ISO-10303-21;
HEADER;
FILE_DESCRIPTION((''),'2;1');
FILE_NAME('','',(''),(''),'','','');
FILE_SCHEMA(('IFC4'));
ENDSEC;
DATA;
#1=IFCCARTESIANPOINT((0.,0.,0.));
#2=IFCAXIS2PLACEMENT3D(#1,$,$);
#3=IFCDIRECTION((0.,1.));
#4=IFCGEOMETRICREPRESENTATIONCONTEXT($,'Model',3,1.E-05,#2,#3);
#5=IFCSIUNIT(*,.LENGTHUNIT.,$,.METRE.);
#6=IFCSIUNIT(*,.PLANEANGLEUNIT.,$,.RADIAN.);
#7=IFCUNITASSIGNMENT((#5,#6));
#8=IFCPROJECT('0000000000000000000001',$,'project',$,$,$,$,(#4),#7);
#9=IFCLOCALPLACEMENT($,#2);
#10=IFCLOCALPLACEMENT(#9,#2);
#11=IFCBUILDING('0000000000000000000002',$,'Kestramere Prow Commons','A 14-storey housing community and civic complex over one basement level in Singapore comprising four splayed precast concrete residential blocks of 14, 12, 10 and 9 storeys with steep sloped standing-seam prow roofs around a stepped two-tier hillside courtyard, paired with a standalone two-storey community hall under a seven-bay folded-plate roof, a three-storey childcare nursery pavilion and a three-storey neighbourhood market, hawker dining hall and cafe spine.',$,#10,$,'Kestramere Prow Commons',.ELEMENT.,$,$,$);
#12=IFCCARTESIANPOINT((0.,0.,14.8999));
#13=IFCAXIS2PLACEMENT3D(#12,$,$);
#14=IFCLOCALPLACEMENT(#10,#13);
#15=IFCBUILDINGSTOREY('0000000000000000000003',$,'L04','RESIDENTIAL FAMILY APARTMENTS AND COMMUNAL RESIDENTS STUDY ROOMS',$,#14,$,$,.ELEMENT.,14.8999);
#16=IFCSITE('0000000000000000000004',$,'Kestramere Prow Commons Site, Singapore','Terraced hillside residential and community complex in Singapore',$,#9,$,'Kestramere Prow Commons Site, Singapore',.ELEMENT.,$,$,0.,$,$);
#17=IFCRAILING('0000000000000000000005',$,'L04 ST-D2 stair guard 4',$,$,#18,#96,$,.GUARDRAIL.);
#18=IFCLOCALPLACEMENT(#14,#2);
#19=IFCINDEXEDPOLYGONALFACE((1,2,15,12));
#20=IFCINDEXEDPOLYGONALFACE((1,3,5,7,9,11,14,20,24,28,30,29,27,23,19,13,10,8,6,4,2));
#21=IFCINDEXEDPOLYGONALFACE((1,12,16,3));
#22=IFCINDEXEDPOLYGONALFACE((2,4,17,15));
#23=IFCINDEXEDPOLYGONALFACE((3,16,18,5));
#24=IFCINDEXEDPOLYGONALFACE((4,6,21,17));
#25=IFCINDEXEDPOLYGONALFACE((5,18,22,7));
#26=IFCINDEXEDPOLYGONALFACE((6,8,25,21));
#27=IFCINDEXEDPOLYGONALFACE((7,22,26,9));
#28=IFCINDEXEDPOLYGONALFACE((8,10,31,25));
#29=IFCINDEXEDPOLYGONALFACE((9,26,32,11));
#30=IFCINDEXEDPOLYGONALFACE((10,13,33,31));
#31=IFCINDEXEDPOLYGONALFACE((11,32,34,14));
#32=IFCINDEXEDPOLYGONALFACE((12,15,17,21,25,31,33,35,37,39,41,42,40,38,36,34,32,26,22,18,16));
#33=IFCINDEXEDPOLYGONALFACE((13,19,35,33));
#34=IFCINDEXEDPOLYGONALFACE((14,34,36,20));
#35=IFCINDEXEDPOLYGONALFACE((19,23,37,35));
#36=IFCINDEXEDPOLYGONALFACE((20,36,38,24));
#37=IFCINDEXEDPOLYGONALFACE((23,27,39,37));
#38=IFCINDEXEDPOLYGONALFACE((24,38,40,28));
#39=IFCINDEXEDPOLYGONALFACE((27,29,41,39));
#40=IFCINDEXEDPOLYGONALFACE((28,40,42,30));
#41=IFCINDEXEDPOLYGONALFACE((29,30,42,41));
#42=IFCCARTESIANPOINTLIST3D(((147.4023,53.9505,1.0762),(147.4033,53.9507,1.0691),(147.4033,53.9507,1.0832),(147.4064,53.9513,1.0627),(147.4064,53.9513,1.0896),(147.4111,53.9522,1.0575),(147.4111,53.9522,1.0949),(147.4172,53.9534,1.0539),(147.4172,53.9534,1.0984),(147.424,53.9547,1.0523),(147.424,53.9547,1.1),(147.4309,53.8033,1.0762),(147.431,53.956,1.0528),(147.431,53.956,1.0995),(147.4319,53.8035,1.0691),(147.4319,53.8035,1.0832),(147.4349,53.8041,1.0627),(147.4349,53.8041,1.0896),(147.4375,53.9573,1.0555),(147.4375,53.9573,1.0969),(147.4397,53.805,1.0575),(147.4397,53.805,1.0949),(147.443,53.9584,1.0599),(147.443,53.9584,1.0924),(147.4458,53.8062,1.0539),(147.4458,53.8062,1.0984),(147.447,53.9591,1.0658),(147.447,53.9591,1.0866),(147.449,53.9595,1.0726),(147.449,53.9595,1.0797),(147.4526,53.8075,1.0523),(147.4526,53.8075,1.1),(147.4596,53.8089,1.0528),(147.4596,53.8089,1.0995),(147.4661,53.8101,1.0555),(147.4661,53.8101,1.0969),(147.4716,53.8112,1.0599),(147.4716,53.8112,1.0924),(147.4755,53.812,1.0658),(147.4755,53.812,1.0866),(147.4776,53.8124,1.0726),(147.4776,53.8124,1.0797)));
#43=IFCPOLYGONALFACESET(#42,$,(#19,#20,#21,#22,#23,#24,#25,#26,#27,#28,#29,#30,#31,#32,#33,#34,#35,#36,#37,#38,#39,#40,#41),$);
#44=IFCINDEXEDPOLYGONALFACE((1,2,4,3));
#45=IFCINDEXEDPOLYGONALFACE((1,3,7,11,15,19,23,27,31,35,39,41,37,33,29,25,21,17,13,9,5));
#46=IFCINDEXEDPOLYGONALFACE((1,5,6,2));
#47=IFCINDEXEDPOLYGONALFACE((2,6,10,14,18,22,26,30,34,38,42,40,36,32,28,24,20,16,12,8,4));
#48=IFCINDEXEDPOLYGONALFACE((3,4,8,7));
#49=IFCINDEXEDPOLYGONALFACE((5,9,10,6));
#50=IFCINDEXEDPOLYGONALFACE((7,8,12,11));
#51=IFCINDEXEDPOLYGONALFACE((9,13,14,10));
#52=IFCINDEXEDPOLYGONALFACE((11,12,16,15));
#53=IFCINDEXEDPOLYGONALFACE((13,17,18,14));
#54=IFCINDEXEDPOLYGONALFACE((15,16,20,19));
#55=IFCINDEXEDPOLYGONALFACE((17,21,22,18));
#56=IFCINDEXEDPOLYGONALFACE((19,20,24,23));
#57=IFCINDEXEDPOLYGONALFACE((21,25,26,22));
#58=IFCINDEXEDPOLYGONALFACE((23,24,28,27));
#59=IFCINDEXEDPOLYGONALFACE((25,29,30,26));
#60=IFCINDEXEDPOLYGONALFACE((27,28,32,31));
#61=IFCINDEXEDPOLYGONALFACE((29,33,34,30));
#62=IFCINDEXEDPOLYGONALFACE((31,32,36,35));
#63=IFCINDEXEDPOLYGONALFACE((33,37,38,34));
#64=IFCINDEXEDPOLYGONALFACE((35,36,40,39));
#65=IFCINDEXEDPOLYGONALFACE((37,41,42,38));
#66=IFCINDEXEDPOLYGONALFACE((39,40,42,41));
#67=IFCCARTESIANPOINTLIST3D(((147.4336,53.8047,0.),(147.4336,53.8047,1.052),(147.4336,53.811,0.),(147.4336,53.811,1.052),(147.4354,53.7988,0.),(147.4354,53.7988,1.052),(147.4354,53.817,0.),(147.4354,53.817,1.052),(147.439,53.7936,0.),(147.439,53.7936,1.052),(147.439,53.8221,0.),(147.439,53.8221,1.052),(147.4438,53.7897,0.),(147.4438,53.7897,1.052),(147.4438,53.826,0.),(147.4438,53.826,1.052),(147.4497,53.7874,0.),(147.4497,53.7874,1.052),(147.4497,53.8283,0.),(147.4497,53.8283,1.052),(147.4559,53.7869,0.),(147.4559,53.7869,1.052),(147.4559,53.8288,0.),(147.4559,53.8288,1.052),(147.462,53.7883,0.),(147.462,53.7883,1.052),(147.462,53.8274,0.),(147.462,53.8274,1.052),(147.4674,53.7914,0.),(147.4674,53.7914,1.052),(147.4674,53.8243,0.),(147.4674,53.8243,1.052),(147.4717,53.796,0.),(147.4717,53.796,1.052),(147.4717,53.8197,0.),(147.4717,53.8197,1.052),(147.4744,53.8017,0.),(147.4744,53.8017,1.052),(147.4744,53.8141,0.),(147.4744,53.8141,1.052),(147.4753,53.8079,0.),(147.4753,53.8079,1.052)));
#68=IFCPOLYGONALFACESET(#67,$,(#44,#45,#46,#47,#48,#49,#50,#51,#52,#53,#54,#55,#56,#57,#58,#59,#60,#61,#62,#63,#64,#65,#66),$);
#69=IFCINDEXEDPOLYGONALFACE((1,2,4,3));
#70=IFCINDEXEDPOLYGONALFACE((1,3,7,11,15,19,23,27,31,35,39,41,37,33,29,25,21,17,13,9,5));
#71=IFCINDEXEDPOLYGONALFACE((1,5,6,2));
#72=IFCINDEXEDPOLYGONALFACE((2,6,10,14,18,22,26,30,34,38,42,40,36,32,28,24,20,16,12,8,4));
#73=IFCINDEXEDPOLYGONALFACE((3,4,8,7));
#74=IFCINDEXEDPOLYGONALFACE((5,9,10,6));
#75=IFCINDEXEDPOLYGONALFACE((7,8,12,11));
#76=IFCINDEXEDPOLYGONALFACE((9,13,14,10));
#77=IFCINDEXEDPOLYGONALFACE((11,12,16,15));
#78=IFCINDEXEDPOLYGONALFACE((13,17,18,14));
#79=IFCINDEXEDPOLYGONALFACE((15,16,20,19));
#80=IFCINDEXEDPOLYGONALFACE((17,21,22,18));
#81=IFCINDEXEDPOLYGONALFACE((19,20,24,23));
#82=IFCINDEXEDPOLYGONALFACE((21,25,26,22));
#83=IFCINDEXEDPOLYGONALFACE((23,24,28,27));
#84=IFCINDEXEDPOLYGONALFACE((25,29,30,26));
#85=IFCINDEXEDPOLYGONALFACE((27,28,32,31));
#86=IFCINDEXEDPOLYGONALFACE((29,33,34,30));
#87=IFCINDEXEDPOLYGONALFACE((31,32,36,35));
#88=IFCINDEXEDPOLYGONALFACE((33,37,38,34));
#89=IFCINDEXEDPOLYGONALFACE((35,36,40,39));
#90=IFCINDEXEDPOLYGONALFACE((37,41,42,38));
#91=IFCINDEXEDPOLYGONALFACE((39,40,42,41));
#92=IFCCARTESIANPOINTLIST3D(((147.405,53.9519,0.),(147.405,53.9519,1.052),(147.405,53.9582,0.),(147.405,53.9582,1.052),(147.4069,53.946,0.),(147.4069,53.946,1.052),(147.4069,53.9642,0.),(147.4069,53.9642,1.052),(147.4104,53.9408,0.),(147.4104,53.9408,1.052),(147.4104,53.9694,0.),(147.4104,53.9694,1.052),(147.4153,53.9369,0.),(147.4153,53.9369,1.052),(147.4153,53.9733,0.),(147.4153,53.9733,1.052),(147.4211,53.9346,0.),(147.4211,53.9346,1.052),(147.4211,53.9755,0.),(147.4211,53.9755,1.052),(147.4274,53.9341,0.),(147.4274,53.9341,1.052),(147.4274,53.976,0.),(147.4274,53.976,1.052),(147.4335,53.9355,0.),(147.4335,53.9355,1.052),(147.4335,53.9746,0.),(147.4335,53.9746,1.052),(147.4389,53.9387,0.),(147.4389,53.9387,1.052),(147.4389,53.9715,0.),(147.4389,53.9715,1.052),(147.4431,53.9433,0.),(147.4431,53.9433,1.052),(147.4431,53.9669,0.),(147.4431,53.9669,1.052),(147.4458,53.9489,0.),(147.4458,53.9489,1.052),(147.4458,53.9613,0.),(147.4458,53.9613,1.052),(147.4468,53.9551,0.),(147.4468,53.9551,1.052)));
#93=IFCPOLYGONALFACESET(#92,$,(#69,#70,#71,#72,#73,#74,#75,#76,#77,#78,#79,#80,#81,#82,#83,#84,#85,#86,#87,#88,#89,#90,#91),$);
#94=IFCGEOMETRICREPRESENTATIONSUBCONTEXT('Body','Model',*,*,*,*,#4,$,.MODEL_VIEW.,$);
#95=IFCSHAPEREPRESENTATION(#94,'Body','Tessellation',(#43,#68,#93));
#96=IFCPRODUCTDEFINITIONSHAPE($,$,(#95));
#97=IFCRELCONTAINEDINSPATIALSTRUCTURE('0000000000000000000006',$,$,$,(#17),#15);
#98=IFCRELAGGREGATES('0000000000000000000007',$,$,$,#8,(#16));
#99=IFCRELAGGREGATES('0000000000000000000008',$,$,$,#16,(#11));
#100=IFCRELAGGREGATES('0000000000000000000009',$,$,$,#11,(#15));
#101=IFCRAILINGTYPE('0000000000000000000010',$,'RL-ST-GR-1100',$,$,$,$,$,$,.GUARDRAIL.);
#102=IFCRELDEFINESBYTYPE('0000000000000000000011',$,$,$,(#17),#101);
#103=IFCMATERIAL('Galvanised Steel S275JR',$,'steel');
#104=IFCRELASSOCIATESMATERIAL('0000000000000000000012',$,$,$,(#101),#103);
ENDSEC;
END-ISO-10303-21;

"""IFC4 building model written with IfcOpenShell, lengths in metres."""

from ifc_helpers import new_model, si_unit, direction, frame, origin, origin_2d, place, context, subcontext, project, spatial, circle, extrude, material, type_object, element, save


model = new_model("IFC4")

# Units and contexts
model_context = context("Model", 3, precision=1e-05, world=origin(), true_north=direction((0.0, 1.0)))
body_context = subcontext(model_context, "Body", "Model", "MODEL_VIEW")
ifc_project = project(units=[si_unit("LENGTHUNIT", "METRE"), si_unit("PLANEANGLEUNIT", "RADIAN")], contexts=[model_context])

# Site, building, storey
site_placement = place(None, origin())
site = spatial("IfcSite", under=ifc_project, at=site_placement, Name="Kestramere Prow Commons Site, Singapore", Description="Terraced hillside residential and community complex in Singapore", LongName="Kestramere Prow Commons Site, Singapore", CompositionType="ELEMENT", RefElevation=0.0)
building_placement = place(site_placement, origin())
building = spatial("IfcBuilding", under=site, at=building_placement, Name="Kestramere Prow Commons", Description="A 14-storey housing community and civic complex over one basement level in Singapore comprising four splayed precast concrete residential blocks of 14, 12, 10 and 9 storeys with steep sloped standing-seam prow roofs around a stepped two-tier hillside courtyard, paired with a standalone two-storey community hall under a seven-bay folded-plate roof, a three-storey childcare nursery pavilion and a three-storey neighbourhood market, hawker dining hall and cafe spine.", LongName="Kestramere Prow Commons", CompositionType="ELEMENT")
storey_placement = place(building_placement, frame((0.0, 0.0, 14.8999)))
storey = spatial("IfcBuildingStorey", under=building, at=storey_placement, Name="L04", Description="RESIDENTIAL FAMILY APARTMENTS AND COMMUNAL RESIDENTS STUDY ROOMS", CompositionType="ELEMENT", Elevation=14.8999)

# Railing
ifc_material_1 = material(Name="Galvanised Steel S275JR", Category="steel")
railing_type_1 = type_object("IfcRailingType", Name="RL-ST-GR-1100", PredefinedType="GUARDRAIL", material=ifc_material_1)
railing_1_placement = place(storey_placement, frame((147.4543, 53.8079, 0.0)))
element("IfcRailing", 1, at=railing_1_placement, inside=storey, type_object=railing_type_1, Name="L04 ST-D2 stair guard 4", PredefinedType="GUARDRAIL", context=body_context, shape_type="SweptSolid", body=[
    extrude(circle(Radius=0.0239, at=origin_2d()), frame((0.0, 0.0, 1.0762), z_axis=(-0.190477, 0.981692, 0.0), x_axis=(-0.981692, -0.190477, 0.0)), (0.0, 0.0, 1.0), 0.1499),
    extrude(circle(Radius=0.021, at=origin_2d()), origin(), (0.0, 0.0, 1.0), 1.052),
    extrude(circle(Radius=0.021, at=origin_2d()), frame((-0.0286, 0.1472, 0.0)), (0.0, 0.0, 1.0), 1.052),
])

save(model, "model.ifc")
